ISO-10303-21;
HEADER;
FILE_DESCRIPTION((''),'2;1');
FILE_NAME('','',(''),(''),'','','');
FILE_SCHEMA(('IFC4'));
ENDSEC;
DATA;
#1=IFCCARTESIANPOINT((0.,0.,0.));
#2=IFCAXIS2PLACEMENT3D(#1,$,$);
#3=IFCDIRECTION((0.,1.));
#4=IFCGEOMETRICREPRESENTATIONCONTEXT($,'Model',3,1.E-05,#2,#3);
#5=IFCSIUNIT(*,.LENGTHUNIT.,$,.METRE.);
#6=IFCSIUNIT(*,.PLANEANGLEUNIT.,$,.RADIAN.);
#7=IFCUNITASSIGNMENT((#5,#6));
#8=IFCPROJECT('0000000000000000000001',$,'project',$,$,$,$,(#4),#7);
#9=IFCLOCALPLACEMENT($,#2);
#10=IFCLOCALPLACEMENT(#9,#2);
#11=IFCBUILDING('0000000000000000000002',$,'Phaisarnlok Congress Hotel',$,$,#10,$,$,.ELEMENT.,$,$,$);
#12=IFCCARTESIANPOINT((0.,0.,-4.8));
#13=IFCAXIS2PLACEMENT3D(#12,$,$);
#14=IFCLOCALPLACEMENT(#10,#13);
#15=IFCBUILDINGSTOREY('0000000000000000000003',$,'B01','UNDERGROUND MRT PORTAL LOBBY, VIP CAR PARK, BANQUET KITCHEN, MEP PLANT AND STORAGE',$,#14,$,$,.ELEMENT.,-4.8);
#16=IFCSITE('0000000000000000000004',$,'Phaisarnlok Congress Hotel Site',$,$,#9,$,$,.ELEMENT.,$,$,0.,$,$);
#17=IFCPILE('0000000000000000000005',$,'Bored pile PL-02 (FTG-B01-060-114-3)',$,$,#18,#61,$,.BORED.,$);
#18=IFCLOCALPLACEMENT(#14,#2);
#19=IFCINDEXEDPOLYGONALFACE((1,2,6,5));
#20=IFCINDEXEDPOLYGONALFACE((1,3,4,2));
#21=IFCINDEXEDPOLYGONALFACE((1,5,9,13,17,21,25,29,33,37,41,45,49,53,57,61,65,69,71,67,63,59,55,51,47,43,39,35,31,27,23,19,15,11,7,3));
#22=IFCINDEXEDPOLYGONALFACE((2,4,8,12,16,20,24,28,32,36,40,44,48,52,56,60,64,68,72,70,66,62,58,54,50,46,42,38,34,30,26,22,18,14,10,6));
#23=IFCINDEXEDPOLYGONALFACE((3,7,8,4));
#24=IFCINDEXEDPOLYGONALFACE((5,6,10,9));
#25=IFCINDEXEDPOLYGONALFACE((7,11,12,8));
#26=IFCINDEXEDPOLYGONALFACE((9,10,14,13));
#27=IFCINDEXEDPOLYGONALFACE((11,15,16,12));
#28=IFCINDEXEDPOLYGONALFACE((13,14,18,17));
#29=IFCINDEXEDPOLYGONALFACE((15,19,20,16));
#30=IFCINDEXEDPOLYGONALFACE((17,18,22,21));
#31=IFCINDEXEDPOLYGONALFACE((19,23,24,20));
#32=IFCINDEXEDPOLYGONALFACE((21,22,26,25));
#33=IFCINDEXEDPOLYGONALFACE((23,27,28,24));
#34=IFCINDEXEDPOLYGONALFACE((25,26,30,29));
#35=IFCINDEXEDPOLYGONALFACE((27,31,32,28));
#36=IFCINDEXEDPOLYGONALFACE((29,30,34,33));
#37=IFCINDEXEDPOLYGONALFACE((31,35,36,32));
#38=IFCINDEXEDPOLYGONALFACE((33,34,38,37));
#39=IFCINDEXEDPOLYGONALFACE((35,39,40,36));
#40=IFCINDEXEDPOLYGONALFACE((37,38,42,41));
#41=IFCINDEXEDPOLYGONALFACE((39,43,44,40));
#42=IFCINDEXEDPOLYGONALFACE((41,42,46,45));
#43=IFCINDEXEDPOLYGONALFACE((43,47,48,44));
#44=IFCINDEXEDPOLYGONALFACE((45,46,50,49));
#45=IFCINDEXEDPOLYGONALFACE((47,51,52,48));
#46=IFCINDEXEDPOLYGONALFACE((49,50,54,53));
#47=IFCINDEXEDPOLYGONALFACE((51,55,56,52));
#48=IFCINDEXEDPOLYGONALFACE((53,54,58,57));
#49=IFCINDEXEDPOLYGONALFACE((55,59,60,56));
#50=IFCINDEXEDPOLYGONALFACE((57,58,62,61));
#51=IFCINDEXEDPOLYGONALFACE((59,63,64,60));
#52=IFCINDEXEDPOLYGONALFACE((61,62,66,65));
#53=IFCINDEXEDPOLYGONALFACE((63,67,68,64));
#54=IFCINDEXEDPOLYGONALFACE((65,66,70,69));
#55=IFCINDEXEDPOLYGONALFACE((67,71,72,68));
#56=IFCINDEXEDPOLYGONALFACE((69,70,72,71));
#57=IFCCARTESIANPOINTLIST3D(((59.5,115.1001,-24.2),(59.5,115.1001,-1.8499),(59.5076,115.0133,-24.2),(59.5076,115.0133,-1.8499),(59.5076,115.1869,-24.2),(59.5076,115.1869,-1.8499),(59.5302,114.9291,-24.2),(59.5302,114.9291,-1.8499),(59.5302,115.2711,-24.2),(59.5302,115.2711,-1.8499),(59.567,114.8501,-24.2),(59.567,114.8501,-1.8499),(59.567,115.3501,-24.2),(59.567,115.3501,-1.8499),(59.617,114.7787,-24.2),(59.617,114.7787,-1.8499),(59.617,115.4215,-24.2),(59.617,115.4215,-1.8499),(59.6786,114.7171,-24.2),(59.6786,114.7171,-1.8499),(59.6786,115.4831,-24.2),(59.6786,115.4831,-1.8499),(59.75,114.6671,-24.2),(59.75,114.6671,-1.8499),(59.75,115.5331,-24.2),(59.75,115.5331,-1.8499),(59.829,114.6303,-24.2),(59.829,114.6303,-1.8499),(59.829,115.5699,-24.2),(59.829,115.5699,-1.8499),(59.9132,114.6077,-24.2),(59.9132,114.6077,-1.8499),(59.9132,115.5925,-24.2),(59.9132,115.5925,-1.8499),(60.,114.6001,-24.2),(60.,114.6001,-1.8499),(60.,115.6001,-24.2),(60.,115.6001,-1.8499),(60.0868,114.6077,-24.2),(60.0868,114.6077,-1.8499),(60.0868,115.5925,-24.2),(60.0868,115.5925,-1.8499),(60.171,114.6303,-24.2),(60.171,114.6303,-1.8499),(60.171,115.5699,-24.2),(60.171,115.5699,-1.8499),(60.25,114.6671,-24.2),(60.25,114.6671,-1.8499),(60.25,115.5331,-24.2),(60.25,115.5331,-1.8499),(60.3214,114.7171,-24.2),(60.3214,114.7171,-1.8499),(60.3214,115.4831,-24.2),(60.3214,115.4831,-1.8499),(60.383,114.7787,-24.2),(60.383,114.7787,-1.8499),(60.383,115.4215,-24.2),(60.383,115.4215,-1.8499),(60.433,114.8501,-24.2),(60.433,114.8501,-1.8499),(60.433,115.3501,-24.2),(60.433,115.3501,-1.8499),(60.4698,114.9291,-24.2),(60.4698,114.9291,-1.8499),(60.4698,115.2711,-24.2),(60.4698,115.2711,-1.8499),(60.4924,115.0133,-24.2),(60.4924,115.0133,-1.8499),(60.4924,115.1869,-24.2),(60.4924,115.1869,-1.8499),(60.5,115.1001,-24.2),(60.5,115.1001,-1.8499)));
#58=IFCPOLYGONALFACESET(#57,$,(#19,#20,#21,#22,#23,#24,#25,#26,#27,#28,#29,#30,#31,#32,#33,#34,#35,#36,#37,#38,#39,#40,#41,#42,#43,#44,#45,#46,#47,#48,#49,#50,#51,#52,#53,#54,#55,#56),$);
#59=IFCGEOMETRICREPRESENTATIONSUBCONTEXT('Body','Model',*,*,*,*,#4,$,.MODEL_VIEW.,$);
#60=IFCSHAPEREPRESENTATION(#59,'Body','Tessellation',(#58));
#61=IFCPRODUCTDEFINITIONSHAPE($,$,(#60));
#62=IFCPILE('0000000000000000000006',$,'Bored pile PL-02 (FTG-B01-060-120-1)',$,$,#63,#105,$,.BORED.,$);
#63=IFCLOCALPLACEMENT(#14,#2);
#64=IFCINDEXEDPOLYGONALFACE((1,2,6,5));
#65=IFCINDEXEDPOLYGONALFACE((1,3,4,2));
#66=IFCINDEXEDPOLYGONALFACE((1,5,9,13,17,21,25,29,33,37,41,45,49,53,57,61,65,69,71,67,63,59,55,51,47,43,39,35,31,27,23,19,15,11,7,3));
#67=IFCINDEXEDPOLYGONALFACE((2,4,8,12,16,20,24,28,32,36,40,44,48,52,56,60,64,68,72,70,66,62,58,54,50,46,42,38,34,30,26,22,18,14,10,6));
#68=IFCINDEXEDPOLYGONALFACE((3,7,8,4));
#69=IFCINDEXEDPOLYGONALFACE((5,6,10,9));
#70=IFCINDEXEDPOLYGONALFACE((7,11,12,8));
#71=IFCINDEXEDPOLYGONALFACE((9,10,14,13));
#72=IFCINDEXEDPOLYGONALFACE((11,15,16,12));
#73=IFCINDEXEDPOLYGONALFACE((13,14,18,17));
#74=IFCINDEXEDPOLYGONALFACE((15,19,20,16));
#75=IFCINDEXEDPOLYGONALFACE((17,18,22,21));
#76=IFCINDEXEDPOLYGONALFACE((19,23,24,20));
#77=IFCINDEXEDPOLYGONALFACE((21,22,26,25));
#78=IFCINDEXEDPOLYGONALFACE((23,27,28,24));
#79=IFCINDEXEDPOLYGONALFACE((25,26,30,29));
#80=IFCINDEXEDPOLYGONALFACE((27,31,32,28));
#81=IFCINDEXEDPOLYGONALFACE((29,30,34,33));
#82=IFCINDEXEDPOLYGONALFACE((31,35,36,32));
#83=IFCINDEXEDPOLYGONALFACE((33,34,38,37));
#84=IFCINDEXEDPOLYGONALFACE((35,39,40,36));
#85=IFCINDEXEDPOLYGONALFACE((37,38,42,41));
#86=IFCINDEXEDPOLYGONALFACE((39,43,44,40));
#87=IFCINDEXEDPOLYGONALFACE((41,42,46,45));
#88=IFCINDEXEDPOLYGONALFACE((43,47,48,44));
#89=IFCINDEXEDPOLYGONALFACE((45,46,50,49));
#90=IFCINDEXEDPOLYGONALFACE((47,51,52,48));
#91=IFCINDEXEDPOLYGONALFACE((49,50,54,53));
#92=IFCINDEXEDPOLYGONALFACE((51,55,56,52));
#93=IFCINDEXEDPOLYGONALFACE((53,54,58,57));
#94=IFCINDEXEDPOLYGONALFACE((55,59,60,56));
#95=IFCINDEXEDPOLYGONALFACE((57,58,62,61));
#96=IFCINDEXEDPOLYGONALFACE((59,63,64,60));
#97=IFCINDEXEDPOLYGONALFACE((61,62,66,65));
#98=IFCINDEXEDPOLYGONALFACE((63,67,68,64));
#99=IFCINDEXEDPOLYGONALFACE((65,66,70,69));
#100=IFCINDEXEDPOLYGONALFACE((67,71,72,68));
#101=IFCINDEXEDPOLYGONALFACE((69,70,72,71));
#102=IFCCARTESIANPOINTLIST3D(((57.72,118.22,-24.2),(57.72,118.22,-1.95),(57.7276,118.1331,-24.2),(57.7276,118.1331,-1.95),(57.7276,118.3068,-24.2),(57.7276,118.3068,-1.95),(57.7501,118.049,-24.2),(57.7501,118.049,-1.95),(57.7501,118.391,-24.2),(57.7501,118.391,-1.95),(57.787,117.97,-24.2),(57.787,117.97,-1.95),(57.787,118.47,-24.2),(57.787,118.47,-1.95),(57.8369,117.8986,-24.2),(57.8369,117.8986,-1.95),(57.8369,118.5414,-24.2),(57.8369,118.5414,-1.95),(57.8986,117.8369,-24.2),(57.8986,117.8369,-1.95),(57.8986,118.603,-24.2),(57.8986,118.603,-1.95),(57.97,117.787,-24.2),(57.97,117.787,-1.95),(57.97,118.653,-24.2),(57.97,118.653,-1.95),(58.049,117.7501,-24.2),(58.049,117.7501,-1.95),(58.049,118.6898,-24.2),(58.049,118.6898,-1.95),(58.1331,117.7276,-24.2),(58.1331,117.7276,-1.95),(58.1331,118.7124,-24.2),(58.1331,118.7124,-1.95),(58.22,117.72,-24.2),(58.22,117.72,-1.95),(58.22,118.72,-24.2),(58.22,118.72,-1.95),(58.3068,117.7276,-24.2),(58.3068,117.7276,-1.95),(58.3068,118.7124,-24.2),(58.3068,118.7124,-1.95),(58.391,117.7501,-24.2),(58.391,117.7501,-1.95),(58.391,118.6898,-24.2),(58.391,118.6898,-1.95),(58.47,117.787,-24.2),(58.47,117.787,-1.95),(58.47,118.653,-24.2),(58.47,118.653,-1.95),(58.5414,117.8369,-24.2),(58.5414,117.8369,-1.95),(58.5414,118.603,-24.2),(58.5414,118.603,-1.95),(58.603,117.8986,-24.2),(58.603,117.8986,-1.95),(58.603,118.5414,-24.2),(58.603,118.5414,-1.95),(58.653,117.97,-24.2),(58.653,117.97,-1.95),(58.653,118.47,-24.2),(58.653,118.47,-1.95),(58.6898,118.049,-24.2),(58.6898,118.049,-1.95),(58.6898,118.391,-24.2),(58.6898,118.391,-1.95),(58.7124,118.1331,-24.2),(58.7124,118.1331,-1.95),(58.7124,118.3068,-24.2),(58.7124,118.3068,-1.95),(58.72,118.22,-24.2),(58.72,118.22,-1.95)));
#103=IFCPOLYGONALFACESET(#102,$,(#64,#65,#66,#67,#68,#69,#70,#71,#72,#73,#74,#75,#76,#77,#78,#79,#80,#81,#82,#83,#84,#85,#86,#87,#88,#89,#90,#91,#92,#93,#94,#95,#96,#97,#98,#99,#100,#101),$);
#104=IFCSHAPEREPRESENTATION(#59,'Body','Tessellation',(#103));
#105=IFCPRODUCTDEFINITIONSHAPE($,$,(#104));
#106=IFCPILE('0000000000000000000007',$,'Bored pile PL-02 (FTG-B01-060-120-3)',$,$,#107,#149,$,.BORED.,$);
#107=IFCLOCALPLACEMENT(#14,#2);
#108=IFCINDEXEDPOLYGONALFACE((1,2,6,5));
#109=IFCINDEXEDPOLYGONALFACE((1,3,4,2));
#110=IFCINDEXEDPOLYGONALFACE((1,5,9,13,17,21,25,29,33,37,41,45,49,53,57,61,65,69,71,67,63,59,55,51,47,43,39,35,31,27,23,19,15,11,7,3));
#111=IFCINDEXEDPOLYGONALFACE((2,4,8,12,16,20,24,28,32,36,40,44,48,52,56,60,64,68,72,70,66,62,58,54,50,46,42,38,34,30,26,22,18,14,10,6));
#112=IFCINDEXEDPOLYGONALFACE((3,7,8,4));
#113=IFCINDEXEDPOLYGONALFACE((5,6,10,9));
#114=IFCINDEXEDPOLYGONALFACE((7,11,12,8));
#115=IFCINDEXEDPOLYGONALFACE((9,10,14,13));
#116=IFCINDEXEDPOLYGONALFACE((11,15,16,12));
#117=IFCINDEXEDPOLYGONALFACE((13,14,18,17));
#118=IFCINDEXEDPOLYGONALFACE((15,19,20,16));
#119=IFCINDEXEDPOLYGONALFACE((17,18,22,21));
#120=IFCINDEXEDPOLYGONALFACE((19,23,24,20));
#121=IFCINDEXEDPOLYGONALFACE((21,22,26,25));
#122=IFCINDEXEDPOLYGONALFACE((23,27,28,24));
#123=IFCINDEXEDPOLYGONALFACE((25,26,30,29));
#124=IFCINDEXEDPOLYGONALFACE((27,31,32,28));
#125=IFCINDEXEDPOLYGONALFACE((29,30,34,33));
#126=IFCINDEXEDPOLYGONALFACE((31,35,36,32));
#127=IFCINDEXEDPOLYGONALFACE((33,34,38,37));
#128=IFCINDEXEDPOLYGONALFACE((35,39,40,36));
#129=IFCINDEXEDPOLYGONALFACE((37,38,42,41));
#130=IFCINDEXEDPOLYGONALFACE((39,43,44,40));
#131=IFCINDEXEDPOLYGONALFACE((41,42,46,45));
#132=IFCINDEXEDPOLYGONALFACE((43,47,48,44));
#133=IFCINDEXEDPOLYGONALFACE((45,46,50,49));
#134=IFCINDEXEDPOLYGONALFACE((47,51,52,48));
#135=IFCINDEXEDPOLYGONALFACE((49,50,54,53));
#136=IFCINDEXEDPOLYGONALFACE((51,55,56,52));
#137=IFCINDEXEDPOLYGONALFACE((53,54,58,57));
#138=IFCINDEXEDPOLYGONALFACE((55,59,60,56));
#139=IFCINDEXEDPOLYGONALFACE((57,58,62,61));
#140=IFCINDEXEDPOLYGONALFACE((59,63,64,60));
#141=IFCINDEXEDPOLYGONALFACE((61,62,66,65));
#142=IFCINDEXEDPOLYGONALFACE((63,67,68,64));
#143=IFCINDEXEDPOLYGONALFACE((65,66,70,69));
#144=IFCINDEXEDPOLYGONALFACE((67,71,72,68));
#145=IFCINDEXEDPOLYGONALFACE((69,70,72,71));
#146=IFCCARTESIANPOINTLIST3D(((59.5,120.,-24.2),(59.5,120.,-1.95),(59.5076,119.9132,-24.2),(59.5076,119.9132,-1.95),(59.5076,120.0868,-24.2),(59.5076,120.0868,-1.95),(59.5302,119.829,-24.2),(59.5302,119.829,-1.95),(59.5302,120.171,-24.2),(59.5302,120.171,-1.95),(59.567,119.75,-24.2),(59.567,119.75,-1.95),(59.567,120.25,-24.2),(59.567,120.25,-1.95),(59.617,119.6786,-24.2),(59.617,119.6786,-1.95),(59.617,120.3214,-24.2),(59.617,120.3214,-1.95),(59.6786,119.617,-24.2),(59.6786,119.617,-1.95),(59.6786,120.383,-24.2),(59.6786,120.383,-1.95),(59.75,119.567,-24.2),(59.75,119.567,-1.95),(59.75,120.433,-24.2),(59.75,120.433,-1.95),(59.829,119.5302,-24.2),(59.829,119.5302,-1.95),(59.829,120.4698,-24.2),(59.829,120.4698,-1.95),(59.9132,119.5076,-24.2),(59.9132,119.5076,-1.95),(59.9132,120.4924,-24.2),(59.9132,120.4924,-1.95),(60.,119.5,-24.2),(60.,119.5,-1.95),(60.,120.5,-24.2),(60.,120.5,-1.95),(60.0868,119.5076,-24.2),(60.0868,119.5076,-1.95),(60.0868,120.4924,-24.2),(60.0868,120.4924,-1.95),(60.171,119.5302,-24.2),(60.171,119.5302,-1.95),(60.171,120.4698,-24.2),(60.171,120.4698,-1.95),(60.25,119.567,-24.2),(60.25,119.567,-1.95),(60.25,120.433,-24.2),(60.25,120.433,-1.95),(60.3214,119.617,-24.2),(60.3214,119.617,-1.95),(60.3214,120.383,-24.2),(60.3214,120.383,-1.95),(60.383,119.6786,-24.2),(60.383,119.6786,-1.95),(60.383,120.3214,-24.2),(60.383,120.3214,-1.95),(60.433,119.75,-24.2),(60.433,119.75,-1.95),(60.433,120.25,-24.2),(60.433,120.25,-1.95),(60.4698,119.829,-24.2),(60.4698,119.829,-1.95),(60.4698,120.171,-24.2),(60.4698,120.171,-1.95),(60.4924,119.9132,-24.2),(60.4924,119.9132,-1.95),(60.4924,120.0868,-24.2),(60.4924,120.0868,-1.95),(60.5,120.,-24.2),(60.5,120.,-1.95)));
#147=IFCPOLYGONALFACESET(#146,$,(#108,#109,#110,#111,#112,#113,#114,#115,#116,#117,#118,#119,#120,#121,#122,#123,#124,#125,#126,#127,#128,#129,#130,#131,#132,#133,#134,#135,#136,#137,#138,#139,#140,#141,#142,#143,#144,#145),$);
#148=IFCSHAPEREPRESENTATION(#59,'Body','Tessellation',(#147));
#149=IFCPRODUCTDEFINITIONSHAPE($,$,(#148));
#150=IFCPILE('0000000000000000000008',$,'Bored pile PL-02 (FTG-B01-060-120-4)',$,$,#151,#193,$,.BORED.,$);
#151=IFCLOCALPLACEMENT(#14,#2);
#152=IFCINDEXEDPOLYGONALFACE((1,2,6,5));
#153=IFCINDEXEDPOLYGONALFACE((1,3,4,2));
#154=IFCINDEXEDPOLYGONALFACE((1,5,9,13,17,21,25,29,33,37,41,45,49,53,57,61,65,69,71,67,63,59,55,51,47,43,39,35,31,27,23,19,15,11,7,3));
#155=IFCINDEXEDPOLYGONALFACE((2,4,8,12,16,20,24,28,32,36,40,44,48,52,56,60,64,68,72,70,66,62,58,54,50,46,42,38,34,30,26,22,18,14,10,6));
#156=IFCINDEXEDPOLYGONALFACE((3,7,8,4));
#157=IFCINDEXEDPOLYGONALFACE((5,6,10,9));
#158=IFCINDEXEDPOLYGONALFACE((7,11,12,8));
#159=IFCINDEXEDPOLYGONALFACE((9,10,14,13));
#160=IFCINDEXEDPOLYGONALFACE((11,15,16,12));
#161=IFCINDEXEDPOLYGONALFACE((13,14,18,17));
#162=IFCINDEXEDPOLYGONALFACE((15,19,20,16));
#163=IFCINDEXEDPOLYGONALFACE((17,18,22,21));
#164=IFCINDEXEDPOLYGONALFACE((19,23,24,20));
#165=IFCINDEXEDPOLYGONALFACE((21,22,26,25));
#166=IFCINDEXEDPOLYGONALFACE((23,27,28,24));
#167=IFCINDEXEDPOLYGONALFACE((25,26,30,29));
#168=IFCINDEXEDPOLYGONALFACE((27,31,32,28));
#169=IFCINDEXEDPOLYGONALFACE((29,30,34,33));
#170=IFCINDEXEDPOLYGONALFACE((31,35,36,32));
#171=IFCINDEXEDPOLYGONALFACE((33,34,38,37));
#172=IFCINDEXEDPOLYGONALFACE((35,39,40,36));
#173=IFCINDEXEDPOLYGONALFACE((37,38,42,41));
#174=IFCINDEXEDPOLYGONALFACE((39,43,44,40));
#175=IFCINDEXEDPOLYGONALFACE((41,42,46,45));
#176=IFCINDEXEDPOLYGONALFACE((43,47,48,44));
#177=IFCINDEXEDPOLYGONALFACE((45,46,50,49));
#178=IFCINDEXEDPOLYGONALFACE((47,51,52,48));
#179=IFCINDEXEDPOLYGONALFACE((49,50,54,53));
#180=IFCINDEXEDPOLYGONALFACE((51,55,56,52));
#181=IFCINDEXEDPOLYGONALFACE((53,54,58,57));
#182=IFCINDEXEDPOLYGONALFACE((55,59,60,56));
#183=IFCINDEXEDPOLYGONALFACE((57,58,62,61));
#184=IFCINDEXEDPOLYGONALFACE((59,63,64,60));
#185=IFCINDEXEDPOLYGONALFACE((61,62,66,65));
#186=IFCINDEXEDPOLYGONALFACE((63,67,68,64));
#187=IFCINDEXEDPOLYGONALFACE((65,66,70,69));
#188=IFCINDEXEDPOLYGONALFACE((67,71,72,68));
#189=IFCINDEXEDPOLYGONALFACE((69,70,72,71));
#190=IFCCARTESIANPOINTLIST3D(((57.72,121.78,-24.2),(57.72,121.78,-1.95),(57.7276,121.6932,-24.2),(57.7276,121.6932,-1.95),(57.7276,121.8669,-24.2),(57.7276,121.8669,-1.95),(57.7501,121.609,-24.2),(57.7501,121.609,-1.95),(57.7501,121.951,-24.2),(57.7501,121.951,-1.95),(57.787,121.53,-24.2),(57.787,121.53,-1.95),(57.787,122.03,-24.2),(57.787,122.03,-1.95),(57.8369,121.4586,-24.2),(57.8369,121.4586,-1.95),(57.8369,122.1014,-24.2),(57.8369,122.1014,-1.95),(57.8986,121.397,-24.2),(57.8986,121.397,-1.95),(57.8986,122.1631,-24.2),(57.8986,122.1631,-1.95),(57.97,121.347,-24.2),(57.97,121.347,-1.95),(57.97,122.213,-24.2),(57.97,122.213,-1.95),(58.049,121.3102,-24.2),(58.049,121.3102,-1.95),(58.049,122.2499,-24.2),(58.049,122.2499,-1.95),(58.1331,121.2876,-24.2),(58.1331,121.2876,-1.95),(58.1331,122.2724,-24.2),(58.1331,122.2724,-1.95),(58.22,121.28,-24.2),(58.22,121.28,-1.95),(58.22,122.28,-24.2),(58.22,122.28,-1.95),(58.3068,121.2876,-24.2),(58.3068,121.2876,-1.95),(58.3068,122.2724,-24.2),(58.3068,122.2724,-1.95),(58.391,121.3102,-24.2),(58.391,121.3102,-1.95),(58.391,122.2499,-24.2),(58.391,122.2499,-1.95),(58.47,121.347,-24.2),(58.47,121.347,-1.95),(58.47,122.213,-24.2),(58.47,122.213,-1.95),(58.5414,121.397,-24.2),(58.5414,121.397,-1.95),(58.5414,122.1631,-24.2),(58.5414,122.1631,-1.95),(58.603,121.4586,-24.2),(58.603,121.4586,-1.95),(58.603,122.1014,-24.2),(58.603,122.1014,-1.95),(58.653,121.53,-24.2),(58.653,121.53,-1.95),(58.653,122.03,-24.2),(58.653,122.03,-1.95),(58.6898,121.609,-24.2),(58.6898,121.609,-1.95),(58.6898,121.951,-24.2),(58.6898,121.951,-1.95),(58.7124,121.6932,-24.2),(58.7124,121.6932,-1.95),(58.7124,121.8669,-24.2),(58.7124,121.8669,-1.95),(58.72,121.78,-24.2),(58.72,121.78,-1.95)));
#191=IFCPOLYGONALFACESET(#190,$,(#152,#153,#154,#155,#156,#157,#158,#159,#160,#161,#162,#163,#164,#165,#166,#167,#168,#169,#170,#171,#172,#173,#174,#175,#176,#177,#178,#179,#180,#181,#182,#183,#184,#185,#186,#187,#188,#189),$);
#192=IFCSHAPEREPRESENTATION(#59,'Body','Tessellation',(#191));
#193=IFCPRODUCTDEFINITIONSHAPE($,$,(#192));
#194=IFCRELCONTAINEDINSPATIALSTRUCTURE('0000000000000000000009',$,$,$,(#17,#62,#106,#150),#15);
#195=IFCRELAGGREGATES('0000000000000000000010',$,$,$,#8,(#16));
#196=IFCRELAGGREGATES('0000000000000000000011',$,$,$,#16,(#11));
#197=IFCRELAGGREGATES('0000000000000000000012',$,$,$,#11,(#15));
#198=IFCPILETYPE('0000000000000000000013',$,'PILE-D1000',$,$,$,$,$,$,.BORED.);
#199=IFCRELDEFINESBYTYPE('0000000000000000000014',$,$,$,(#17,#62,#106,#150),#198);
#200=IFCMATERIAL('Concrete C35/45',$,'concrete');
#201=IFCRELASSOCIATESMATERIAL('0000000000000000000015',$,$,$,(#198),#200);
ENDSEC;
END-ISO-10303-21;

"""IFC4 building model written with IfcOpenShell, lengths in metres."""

from ifc_helpers import new_model, si_unit, direction, frame, origin, origin_2d, place, context, subcontext, project, spatial, circle, extrude, material, material_profile, profile_set, type_object, element, save


model = new_model("IFC4")

# Units and contexts
model_context = context("Model", 3, precision=1e-05, world=origin(), true_north=direction((0.0, 1.0)))
body_context = subcontext(model_context, "Body", "Model", "MODEL_VIEW")
ifc_project = project(units=[si_unit("LENGTHUNIT", "METRE"), si_unit("PLANEANGLEUNIT", "RADIAN")], contexts=[model_context])

# Site, building, storey
site_placement = place(None, origin())
site = spatial("IfcSite", under=ifc_project, at=site_placement, Name="Phaisarnlok Congress Hotel Site", CompositionType="ELEMENT", RefElevation=0.0)
building_placement = place(site_placement, origin())
building = spatial("IfcBuilding", under=site, at=building_placement, Name="Phaisarnlok Congress Hotel", CompositionType="ELEMENT")
storey_placement = place(building_placement, frame((0.0, 0.0, -4.8)))
storey = spatial("IfcBuildingStorey", under=building, at=storey_placement, Name="B01", Description="UNDERGROUND MRT PORTAL LOBBY, VIP CAR PARK, BANQUET KITCHEN, MEP PLANT AND STORAGE", CompositionType="ELEMENT", Elevation=-4.8)

# Piles
ifc_material_1 = material(Name="Concrete C35/45", Category="concrete")
ifc_material_profile_1 = material_profile(ifc_material_1, circle(Radius=0.5, at=origin_2d()), Name="BORED PILE D1000")
ifc_profile_set_1 = profile_set([ifc_material_profile_1], Name="Concrete C35/45")
pile_type_1 = type_object("IfcPileType", Name="PILE-D1000", PredefinedType="BORED", material=ifc_profile_set_1)
for number, where, z_axis, x_axis, name in (
    (1, (60.0, 115.1001, -1.8499), (0.0, 0.0, -1.0), (1.0, 0.0, 0.0), "Bored pile PL-02 (FTG-B01-060-114-3)"),
):
    element("IfcPile", number, at=place(storey_placement, frame(where, z_axis=z_axis, x_axis=x_axis)), inside=storey, type_object=pile_type_1, Name=name, PredefinedType="BORED", context=body_context, shape_type="SweptSolid", body=[
        extrude(circle(Radius=0.5, at=origin_2d()), origin(), (0.0, 0.0, 1.0), 22.3501),
    ])
for number, where, z_axis, x_axis, name in (
    (2, (58.22, 118.22, -1.95), (0.0, 0.0, -1.0), (1.0, 0.0, 0.0), "Bored pile PL-02 (FTG-B01-060-120-1)"),
    (3, (60.0, 120.0, -1.95), (0.0, 0.0, -1.0), (1.0, 0.0, 0.0), "Bored pile PL-02 (FTG-B01-060-120-3)"),
    (4, (58.22, 121.78, -1.95), (0.0, 0.0, -1.0), (1.0, 0.0, 0.0), "Bored pile PL-02 (FTG-B01-060-120-4)"),
):
    element("IfcPile", number, at=place(storey_placement, frame(where, z_axis=z_axis, x_axis=x_axis)), inside=storey, type_object=pile_type_1, Name=name, PredefinedType="BORED", context=body_context, shape_type="SweptSolid", body=[
        extrude(circle(Radius=0.5, at=origin_2d()), origin(), (0.0, 0.0, 1.0), 22.25),
    ])

save(model, "model.ifc")
